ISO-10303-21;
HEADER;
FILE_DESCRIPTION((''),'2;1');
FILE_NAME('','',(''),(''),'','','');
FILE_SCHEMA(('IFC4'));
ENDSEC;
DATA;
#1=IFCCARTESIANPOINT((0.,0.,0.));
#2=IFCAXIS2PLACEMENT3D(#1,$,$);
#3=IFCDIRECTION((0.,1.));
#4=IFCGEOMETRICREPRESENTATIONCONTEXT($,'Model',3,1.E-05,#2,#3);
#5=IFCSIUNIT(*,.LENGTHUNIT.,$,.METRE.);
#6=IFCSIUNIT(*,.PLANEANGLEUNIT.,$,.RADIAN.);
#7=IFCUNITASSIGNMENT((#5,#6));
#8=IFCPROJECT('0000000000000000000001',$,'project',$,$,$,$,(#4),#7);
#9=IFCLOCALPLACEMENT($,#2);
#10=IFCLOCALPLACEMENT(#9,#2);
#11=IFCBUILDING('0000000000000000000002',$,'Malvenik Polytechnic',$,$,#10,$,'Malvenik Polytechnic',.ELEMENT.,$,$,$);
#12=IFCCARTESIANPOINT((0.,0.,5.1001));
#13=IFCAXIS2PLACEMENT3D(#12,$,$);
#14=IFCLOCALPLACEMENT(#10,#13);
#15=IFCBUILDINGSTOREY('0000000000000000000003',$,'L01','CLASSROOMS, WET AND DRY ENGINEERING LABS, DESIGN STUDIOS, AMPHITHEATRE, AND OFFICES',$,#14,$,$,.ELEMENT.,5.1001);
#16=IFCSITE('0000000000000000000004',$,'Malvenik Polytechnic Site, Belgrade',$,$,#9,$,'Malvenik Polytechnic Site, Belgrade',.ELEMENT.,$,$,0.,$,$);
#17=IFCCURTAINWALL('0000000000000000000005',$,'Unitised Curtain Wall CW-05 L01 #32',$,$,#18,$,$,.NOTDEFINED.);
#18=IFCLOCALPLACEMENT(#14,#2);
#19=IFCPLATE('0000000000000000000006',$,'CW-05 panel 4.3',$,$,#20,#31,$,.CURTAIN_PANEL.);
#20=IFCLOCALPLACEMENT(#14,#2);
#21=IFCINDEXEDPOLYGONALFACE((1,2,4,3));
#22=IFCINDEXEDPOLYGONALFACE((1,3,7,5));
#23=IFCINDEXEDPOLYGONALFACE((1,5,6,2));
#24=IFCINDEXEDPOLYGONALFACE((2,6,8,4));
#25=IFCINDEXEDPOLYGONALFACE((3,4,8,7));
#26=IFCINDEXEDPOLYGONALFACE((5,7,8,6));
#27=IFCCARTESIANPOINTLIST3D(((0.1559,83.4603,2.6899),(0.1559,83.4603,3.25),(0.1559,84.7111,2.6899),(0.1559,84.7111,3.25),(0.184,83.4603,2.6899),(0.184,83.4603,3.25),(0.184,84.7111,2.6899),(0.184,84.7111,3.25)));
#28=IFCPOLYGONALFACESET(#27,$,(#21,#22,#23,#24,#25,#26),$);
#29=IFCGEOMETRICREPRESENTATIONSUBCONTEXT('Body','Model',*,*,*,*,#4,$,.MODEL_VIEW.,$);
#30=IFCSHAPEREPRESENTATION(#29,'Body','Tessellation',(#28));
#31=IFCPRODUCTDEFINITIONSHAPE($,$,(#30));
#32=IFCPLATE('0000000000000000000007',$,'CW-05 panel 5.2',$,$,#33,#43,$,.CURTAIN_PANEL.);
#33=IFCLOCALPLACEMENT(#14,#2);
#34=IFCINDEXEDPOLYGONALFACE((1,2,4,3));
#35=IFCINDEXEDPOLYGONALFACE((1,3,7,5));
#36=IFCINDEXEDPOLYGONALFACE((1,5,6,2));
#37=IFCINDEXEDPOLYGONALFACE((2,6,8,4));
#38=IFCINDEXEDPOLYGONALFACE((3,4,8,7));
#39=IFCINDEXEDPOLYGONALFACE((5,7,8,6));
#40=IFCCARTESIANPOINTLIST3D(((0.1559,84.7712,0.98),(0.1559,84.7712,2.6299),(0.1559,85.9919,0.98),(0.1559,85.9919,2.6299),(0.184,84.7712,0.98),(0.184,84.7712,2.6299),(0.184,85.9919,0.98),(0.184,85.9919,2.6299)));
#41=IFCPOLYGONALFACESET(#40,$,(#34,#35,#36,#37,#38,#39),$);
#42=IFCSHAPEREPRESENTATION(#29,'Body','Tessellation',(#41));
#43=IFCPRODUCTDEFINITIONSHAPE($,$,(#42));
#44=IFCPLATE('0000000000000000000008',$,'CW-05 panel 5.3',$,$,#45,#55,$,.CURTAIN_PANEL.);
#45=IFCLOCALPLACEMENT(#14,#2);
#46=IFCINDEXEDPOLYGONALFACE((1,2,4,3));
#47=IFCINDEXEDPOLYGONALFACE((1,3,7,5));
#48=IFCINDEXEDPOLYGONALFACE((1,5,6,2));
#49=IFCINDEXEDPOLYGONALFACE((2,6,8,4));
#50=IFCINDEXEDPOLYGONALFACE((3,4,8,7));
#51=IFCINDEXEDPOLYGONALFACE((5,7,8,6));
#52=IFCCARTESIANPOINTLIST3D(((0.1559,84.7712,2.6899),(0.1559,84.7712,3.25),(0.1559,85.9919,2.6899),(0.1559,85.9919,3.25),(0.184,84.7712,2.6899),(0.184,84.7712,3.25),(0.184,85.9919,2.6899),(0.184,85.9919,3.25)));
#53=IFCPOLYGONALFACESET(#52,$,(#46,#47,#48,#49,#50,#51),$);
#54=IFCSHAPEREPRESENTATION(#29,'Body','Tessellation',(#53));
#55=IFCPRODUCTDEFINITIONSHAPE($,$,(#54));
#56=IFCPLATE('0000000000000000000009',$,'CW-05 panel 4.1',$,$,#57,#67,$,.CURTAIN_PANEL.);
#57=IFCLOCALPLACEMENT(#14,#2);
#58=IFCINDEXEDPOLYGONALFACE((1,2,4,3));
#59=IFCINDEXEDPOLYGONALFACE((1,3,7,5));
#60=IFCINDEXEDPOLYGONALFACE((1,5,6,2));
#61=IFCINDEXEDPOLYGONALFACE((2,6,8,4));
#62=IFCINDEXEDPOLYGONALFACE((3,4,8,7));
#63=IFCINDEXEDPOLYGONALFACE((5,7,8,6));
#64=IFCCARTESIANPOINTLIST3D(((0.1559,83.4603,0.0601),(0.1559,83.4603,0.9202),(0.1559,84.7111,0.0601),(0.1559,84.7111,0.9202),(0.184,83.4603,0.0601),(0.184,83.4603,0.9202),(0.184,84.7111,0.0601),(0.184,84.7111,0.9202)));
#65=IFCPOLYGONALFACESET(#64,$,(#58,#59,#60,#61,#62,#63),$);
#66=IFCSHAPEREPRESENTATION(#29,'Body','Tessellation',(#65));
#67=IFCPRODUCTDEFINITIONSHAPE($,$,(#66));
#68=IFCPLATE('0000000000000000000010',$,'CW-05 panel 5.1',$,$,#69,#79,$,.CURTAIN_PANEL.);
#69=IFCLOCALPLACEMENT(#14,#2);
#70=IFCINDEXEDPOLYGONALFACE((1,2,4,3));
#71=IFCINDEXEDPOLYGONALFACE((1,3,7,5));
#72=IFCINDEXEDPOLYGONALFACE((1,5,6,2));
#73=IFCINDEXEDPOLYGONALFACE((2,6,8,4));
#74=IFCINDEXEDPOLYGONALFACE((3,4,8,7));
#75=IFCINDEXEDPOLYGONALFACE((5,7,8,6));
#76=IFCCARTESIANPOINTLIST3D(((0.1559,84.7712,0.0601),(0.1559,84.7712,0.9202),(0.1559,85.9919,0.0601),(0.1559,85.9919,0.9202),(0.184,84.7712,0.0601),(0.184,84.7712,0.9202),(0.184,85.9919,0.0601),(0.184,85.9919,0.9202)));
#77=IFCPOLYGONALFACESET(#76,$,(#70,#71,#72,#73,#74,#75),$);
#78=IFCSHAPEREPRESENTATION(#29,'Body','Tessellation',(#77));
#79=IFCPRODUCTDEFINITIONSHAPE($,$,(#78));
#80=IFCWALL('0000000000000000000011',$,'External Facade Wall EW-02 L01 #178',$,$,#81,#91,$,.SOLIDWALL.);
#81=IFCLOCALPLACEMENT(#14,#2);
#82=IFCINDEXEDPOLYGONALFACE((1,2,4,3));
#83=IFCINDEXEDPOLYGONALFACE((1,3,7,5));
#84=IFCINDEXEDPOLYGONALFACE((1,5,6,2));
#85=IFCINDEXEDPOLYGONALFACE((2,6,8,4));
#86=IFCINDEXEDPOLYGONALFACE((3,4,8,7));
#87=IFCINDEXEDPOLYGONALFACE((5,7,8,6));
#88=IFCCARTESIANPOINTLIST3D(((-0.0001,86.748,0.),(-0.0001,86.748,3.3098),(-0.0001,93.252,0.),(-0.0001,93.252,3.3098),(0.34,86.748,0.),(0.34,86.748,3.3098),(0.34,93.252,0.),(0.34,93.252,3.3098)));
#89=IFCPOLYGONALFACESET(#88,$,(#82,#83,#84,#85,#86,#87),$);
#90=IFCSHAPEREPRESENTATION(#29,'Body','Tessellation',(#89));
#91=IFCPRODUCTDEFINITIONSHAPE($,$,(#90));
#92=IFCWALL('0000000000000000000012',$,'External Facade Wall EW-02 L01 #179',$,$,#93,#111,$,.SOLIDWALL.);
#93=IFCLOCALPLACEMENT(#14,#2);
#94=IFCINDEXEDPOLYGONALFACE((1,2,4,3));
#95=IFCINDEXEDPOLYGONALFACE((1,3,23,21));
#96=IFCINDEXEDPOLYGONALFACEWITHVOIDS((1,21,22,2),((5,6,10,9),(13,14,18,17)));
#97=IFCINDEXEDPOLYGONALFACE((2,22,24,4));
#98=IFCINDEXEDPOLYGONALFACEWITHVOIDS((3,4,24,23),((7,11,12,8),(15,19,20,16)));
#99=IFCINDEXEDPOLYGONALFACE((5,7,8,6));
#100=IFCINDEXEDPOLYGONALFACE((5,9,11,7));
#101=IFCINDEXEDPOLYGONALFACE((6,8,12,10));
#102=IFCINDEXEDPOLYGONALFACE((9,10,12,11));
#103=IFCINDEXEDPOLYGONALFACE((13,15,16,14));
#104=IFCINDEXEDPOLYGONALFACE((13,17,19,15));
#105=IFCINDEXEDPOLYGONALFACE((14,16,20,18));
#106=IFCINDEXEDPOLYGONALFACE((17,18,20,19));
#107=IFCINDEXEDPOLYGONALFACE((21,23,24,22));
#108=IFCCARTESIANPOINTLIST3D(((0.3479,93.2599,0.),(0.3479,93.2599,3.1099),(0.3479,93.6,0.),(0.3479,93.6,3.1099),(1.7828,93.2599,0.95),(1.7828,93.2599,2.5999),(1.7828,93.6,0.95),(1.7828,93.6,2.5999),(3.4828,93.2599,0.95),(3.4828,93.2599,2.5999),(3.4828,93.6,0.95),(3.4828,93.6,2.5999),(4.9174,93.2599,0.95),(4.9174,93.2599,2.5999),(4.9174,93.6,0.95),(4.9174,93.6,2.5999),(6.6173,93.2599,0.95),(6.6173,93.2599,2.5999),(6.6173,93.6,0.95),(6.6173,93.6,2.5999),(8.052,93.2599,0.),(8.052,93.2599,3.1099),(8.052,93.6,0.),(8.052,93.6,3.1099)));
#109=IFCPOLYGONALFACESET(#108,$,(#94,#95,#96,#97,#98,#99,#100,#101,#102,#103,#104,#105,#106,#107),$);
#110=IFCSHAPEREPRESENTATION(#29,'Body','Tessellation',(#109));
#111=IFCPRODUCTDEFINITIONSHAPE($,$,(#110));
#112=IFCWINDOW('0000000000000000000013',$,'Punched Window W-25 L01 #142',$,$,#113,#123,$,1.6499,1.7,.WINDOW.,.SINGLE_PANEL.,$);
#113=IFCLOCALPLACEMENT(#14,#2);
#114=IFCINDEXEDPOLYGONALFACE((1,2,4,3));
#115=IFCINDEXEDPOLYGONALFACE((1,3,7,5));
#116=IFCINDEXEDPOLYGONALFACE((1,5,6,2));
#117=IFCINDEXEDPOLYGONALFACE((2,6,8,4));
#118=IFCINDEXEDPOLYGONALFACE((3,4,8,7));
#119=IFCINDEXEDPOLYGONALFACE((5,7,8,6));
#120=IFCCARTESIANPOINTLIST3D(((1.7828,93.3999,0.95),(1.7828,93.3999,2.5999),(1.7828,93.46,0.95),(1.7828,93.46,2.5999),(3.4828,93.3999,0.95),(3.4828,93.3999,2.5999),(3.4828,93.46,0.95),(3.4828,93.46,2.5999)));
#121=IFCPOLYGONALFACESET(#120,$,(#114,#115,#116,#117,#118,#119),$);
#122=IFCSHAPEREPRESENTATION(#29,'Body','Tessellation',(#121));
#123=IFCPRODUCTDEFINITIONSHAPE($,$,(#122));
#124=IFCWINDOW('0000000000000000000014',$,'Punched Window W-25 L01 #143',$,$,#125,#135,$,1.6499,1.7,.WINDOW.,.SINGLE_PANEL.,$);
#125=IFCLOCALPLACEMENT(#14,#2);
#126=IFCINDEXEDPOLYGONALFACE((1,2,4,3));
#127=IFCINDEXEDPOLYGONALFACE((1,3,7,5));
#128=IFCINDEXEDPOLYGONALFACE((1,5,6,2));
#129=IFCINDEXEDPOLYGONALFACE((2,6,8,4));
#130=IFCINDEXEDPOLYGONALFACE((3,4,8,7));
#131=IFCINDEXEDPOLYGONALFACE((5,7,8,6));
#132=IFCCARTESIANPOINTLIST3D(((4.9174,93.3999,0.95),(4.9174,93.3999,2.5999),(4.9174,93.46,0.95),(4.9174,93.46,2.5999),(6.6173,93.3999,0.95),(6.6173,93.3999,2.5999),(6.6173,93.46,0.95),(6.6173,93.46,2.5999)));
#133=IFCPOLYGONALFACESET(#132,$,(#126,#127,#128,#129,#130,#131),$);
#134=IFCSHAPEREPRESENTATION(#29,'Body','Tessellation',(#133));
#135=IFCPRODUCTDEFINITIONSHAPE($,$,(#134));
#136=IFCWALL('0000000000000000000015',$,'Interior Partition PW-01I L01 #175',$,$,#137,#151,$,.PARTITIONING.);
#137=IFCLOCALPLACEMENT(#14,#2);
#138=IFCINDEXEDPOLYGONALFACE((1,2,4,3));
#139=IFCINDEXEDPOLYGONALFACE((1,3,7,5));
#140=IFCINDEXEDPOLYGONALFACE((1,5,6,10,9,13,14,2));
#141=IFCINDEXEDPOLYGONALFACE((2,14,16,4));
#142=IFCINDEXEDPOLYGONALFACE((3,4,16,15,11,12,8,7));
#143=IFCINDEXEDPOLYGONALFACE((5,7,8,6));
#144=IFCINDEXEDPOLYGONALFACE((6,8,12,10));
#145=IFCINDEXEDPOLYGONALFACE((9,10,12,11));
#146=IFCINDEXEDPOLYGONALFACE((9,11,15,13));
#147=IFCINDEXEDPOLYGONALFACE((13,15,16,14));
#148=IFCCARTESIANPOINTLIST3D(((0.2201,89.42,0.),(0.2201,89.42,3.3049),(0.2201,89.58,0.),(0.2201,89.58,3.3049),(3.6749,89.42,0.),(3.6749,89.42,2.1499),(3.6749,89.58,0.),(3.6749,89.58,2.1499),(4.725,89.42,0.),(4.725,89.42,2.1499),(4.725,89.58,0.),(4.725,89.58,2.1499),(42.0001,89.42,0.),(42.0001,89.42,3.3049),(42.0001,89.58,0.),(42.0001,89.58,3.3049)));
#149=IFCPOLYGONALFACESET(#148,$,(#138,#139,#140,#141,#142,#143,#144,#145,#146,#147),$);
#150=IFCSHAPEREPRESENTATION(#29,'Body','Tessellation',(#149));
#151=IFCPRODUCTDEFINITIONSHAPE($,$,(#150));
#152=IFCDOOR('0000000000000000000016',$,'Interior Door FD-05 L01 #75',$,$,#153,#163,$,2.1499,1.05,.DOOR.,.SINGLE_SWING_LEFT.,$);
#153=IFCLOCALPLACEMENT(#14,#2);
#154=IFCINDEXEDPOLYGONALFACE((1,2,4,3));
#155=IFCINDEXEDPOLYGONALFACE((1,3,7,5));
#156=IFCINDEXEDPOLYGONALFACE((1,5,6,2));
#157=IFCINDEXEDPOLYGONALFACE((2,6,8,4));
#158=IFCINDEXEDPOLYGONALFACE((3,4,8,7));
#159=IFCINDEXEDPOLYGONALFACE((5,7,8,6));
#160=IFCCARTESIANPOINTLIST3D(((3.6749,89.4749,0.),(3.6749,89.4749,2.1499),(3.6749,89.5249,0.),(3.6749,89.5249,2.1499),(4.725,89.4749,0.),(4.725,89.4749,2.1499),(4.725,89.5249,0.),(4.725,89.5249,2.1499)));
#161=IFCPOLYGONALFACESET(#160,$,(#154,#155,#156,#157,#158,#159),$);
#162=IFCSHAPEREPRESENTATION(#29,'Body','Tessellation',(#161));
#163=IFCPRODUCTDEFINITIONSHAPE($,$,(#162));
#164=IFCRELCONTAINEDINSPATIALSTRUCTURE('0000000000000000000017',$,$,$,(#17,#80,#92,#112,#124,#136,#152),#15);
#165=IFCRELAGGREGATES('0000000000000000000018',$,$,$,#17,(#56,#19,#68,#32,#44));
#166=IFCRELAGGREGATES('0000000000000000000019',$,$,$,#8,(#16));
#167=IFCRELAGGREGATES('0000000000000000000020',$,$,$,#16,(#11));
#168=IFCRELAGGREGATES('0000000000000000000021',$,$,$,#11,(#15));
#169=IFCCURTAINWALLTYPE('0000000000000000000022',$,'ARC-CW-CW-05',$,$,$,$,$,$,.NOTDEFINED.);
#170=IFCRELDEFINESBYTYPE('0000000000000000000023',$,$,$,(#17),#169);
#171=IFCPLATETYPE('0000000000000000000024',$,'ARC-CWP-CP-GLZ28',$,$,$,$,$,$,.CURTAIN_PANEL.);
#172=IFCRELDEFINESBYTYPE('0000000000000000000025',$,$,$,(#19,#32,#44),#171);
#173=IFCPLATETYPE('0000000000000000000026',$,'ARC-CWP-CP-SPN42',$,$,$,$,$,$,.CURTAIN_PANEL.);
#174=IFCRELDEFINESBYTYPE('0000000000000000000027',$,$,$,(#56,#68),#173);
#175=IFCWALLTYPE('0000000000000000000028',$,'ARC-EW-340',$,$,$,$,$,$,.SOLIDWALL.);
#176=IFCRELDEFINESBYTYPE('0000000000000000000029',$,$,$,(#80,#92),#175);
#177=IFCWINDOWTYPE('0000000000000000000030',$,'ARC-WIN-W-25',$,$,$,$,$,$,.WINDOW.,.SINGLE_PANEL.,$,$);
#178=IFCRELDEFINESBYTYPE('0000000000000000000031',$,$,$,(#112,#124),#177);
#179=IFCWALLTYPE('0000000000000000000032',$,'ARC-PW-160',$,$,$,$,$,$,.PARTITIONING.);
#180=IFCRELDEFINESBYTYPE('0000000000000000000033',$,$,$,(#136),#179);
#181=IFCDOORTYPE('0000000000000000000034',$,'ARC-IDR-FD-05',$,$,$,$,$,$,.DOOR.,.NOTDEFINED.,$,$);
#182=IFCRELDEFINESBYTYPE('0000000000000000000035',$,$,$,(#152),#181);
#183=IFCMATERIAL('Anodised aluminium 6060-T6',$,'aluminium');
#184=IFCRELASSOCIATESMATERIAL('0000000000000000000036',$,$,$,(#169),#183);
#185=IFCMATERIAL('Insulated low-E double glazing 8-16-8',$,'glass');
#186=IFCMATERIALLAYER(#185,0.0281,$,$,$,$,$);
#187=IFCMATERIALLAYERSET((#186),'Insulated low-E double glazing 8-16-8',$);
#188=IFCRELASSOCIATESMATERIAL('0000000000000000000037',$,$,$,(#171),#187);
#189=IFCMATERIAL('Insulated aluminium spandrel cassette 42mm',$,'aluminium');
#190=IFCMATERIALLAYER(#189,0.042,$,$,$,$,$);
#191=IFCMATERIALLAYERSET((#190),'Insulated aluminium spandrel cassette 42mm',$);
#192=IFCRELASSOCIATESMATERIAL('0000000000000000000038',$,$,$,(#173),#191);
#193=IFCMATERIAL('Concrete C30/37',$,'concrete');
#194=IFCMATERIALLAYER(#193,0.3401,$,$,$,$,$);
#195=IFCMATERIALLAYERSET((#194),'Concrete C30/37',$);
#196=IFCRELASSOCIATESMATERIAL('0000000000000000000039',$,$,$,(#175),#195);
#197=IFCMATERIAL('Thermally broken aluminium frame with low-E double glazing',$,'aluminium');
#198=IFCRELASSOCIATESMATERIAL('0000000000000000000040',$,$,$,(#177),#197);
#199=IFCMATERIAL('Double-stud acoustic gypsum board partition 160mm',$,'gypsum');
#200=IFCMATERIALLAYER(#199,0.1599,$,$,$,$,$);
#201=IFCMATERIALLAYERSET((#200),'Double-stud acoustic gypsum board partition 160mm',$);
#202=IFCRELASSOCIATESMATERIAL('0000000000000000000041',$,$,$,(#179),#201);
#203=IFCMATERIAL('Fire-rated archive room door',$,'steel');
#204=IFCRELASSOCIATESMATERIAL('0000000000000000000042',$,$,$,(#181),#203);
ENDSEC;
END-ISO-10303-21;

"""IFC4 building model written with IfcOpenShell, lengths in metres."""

from ifc_helpers import new_model, si_unit, direction, frame, frame_2d, origin, origin_2d, place, context, subcontext, project, spatial, rectangle, extrude, material, layer, layer_set, type_object, element, fill, aggregate, save


model = new_model("IFC4")

# Units and contexts
model_context = context("Model", 3, precision=1e-05, world=origin(), true_north=direction((0.0, 1.0)))
body_context = subcontext(model_context, "Body", "Model", "MODEL_VIEW")
ifc_project = project(units=[si_unit("LENGTHUNIT", "METRE"), si_unit("PLANEANGLEUNIT", "RADIAN")], contexts=[model_context])

# Site, building, storey
site_placement = place(None, origin())
site = spatial("IfcSite", under=ifc_project, at=site_placement, Name="Malvenik Polytechnic Site, Belgrade", LongName="Malvenik Polytechnic Site, Belgrade", CompositionType="ELEMENT", RefElevation=0.0)
building_placement = place(site_placement, origin())
building = spatial("IfcBuilding", under=site, at=building_placement, Name="Malvenik Polytechnic", LongName="Malvenik Polytechnic", CompositionType="ELEMENT")
storey_placement = place(building_placement, frame((0.0, 0.0, 5.1001)))
storey = spatial("IfcBuildingStorey", under=building, at=storey_placement, Name="L01", Description="CLASSROOMS, WET AND DRY ENGINEERING LABS, DESIGN STUDIOS, AMPHITHEATRE, AND OFFICES", CompositionType="ELEMENT", Elevation=5.1001)

# Curtain wall
ifc_material_1 = material(Name="Anodised aluminium 6060-T6", Category="aluminium")
curtain_wall_type = type_object("IfcCurtainWallType", Name="ARC-CW-CW-05", PredefinedType="NOTDEFINED", material=ifc_material_1)
curtain_wall_placement = place(storey_placement, origin())
curtain_wall = element("IfcCurtainWall", 1, at=curtain_wall_placement, inside=storey, type_object=curtain_wall_type, Name="Unitised Curtain Wall CW-05 L01 #32", PredefinedType="NOTDEFINED")

# Shared definitions
ifc_material_2 = material(Name="Concrete C30/37", Category="concrete")

# Plates
ifc_material_3 = material(Name="Insulated low-E double glazing 8-16-8", Category="glass")
ifc_layer_1 = layer(ifc_material_3, 0.0281)
ifc_layer_set_1 = layer_set([ifc_layer_1], Name="Insulated low-E double glazing 8-16-8")
plate_type_1 = type_object("IfcPlateType", Name="ARC-CWP-CP-GLZ28", PredefinedType="CURTAIN_PANEL", material=ifc_layer_set_1)
plate_1_placement = place(storey_placement, frame((0.1699, 84.0857, 2.6899), z_axis=(0.0, 0.0, 1.0), x_axis=(0.0, 1.0, 0.0)))
plate_1 = element("IfcPlate", 2, at=plate_1_placement, type_object=plate_type_1, Name="CW-05 panel 4.3", PredefinedType="CURTAIN_PANEL", context=body_context, shape_type="SweptSolid", body=[
    extrude(rectangle(XDim=1.2507, YDim=0.0281, at=origin_2d()), origin(), (0.0, 0.0, 1.0), 0.5601),
])
plate_2_placement = place(storey_placement, frame((0.1699, 85.3816, 0.98), z_axis=(0.0, 0.0, 1.0), x_axis=(0.0, 1.0, 0.0)))
plate_2 = element("IfcPlate", 3, at=plate_2_placement, type_object=plate_type_1, Name="CW-05 panel 5.2", PredefinedType="CURTAIN_PANEL", context=body_context, shape_type="SweptSolid", body=[
    extrude(rectangle(XDim=1.2207, YDim=0.0281, at=origin_2d()), origin(), (0.0, 0.0, 1.0), 1.6499),
])
plate_3_placement = place(storey_placement, frame((0.1699, 85.3816, 2.6899), z_axis=(0.0, 0.0, 1.0), x_axis=(0.0, 1.0, 0.0)))
plate_3 = element("IfcPlate", 4, at=plate_3_placement, type_object=plate_type_1, Name="CW-05 panel 5.3", PredefinedType="CURTAIN_PANEL", context=body_context, shape_type="SweptSolid", body=[
    extrude(rectangle(XDim=1.2207, YDim=0.0281, at=origin_2d()), origin(), (0.0, 0.0, 1.0), 0.5601),
])
ifc_material_4 = material(Name="Insulated aluminium spandrel cassette 42mm", Category="aluminium")
ifc_layer_2 = layer(ifc_material_4, 0.042)
ifc_layer_set_2 = layer_set([ifc_layer_2], Name="Insulated aluminium spandrel cassette 42mm")
plate_type_2 = type_object("IfcPlateType", Name="ARC-CWP-CP-SPN42", PredefinedType="CURTAIN_PANEL", material=ifc_layer_set_2)
plate_4_placement = place(storey_placement, frame((0.1699, 84.0857, 0.0601), z_axis=(0.0, 0.0, 1.0), x_axis=(0.0, 1.0, 0.0)))
plate_4 = element("IfcPlate", 5, at=plate_4_placement, type_object=plate_type_2, Name="CW-05 panel 4.1", PredefinedType="CURTAIN_PANEL", context=body_context, shape_type="SweptSolid", body=[
    extrude(rectangle(XDim=1.2507, YDim=0.0281, at=origin_2d()), origin(), (0.0, 0.0, 1.0), 0.8601),
])
plate_5_placement = place(storey_placement, frame((0.1699, 85.3816, 0.0601), z_axis=(0.0, 0.0, 1.0), x_axis=(0.0, 1.0, 0.0)))
plate_5 = element("IfcPlate", 6, at=plate_5_placement, type_object=plate_type_2, Name="CW-05 panel 5.1", PredefinedType="CURTAIN_PANEL", context=body_context, shape_type="SweptSolid", body=[
    extrude(rectangle(XDim=1.2207, YDim=0.0281, at=origin_2d()), origin(), (0.0, 0.0, 1.0), 0.8601),
])
aggregate(curtain_wall, [plate_4, plate_1, plate_5, plate_2, plate_3])

# Wall
ifc_layer_3 = layer(ifc_material_2, 0.3401)
ifc_layer_set_3 = layer_set([ifc_layer_3], Name="Concrete C30/37")
wall_type_1 = type_object("IfcWallType", Name="ARC-EW-340", PredefinedType="SOLIDWALL", material=ifc_layer_set_3)
wall_1_placement = place(storey_placement, frame((0.1699, 86.748, 0.0), z_axis=(0.0, 0.0, 1.0), x_axis=(0.0, 1.0, 0.0)))
element("IfcWall", 7, at=wall_1_placement, inside=storey, type_object=wall_type_1, Name="External Facade Wall EW-02 L01 #178", PredefinedType="SOLIDWALL", context=body_context, shape_type="SweptSolid", body=[
    extrude(rectangle(XDim=6.5039, YDim=0.3401, at=frame_2d((3.252, 0.0))), origin(), (0.0, 0.0, 1.0), 3.3098),
])

# Wall, openings, windows
wall_2_placement = place(storey_placement, frame((0.3479, 93.4299, 0.0), z_axis=(0.0, 0.0, 1.0), x_axis=(1.0, 0.0, 0.0)))
wall_2 = element("IfcWall", 8, at=wall_2_placement, inside=storey, type_object=wall_type_1, Name="External Facade Wall EW-02 L01 #179", PredefinedType="SOLIDWALL", context=body_context, shape_type="SweptSolid", body=[
    extrude(rectangle(XDim=7.7041, YDim=0.3401, at=frame_2d((3.8521, 0.0))), origin(), (0.0, 0.0, 1.0), 3.1099),
])
opening_1_placement = place(wall_2_placement, frame((1.4348, 0.0, 0.95)))
opening_1 = element("IfcOpeningElement", 9, at=opening_1_placement, cuts=wall_2, PredefinedType="OPENING", context=body_context, shape_type="SweptSolid", body=[
    extrude(rectangle(XDim=1.7, YDim=1.6499, at=frame_2d((0.8501, 0.825))), frame((0.0, 0.1802, 0.0), z_axis=(0.0, -1.0, 0.0), x_axis=(1.0, 0.0, 0.0)), (0.0, 0.0, 1.0), 0.3601),
])
opening_2_placement = place(wall_2_placement, frame((4.5693, 0.0, 0.95)))
opening_2 = element("IfcOpeningElement", 10, at=opening_2_placement, cuts=wall_2, PredefinedType="OPENING", context=body_context, shape_type="SweptSolid", body=[
    extrude(rectangle(XDim=1.7, YDim=1.6499, at=frame_2d((0.8501, 0.825))), frame((0.0, 0.1802, 0.0), z_axis=(0.0, -1.0, 0.0), x_axis=(1.0, 0.0, 0.0)), (0.0, 0.0, 1.0), 0.3601),
])
ifc_material_5 = material(Name="Thermally broken aluminium frame with low-E double glazing", Category="aluminium")
window_type = type_object("IfcWindowType", Name="ARC-WIN-W-25", PartitioningType="SINGLE_PANEL", PredefinedType="WINDOW", material=ifc_material_5)
window_1_placement = place(opening_1_placement, origin())
window_1 = element("IfcWindow", 11, at=window_1_placement, inside=storey, type_object=window_type, Name="Punched Window W-25 L01 #142", OverallHeight=1.6499, OverallWidth=1.7, PartitioningType="SINGLE_PANEL", PredefinedType="WINDOW", context=body_context, shape_type="SweptSolid", body=[
    extrude(rectangle(XDim=1.7, YDim=1.6499, at=frame_2d((0.8501, 0.825))), frame((0.0, 0.03, 0.0), z_axis=(0.0, -1.0, 0.0), x_axis=(1.0, 0.0, 0.0)), (0.0, 0.0, 1.0), 0.0601),
])
fill(opening_1, window_1)
window_2_placement = place(opening_2_placement, origin())
window_2 = element("IfcWindow", 12, at=window_2_placement, inside=storey, type_object=window_type, Name="Punched Window W-25 L01 #143", OverallHeight=1.6499, OverallWidth=1.7, PartitioningType="SINGLE_PANEL", PredefinedType="WINDOW", context=body_context, shape_type="SweptSolid", body=[
    extrude(rectangle(XDim=1.7, YDim=1.6499, at=frame_2d((0.8501, 0.825))), frame((0.0, 0.03, 0.0), z_axis=(0.0, -1.0, 0.0), x_axis=(1.0, 0.0, 0.0)), (0.0, 0.0, 1.0), 0.0601),
])
fill(opening_2, window_2)

# Wall, opening, door
ifc_material_6 = material(Name="Double-stud acoustic gypsum board partition 160mm", Category="gypsum")
ifc_layer_4 = layer(ifc_material_6, 0.1599)
ifc_layer_set_4 = layer_set([ifc_layer_4], Name="Double-stud acoustic gypsum board partition 160mm")
wall_type_2 = type_object("IfcWallType", Name="ARC-PW-160", PredefinedType="PARTITIONING", material=ifc_layer_set_4)
wall_3_placement = place(storey_placement, frame((0.22, 89.5, 0.0), z_axis=(0.0, 0.0, 1.0), x_axis=(1.0, 0.0, 0.0)))
wall_3 = element("IfcWall", 13, at=wall_3_placement, inside=storey, type_object=wall_type_2, Name="Interior Partition PW-01I L01 #175", PredefinedType="PARTITIONING", context=body_context, shape_type="SweptSolid", body=[
    extrude(rectangle(XDim=41.78, YDim=0.1599, at=frame_2d((20.8901, 0.0))), origin(), (0.0, 0.0, 1.0), 3.3049),
])
opening_3_placement = place(wall_3_placement, frame((3.4551, 0.0, 0.0)))
opening_3 = element("IfcOpeningElement", 14, at=opening_3_placement, cuts=wall_3, PredefinedType="OPENING", context=body_context, shape_type="SweptSolid", body=[
    extrude(rectangle(XDim=1.05, YDim=2.1499, at=frame_2d((0.5249, 1.075))), frame((0.0, 0.0898, 0.0), z_axis=(0.0, -1.0, 0.0), x_axis=(1.0, 0.0, 0.0)), (0.0, 0.0, 1.0), 0.1799),
])
ifc_material_7 = material(Name="Fire-rated archive room door", Category="steel")
door_type = type_object("IfcDoorType", Name="ARC-IDR-FD-05", OperationType="NOTDEFINED", PredefinedType="DOOR", material=ifc_material_7)
door_placement = place(opening_3_placement, origin())
door = element("IfcDoor", 15, at=door_placement, inside=storey, type_object=door_type, Name="Interior Door FD-05 L01 #75", OperationType="SINGLE_SWING_LEFT", OverallHeight=2.1499, OverallWidth=1.05, PredefinedType="DOOR", context=body_context, shape_type="SweptSolid", body=[
    extrude(rectangle(XDim=1.05, YDim=2.1499, at=frame_2d((0.5249, 1.075))), frame((0.0, 0.0249, 0.0), z_axis=(0.0, -1.0, 0.0), x_axis=(1.0, 0.0, 0.0)), (0.0, 0.0, 1.0), 0.05),
])
fill(opening_3, door)

save(model, "model.ifc")
